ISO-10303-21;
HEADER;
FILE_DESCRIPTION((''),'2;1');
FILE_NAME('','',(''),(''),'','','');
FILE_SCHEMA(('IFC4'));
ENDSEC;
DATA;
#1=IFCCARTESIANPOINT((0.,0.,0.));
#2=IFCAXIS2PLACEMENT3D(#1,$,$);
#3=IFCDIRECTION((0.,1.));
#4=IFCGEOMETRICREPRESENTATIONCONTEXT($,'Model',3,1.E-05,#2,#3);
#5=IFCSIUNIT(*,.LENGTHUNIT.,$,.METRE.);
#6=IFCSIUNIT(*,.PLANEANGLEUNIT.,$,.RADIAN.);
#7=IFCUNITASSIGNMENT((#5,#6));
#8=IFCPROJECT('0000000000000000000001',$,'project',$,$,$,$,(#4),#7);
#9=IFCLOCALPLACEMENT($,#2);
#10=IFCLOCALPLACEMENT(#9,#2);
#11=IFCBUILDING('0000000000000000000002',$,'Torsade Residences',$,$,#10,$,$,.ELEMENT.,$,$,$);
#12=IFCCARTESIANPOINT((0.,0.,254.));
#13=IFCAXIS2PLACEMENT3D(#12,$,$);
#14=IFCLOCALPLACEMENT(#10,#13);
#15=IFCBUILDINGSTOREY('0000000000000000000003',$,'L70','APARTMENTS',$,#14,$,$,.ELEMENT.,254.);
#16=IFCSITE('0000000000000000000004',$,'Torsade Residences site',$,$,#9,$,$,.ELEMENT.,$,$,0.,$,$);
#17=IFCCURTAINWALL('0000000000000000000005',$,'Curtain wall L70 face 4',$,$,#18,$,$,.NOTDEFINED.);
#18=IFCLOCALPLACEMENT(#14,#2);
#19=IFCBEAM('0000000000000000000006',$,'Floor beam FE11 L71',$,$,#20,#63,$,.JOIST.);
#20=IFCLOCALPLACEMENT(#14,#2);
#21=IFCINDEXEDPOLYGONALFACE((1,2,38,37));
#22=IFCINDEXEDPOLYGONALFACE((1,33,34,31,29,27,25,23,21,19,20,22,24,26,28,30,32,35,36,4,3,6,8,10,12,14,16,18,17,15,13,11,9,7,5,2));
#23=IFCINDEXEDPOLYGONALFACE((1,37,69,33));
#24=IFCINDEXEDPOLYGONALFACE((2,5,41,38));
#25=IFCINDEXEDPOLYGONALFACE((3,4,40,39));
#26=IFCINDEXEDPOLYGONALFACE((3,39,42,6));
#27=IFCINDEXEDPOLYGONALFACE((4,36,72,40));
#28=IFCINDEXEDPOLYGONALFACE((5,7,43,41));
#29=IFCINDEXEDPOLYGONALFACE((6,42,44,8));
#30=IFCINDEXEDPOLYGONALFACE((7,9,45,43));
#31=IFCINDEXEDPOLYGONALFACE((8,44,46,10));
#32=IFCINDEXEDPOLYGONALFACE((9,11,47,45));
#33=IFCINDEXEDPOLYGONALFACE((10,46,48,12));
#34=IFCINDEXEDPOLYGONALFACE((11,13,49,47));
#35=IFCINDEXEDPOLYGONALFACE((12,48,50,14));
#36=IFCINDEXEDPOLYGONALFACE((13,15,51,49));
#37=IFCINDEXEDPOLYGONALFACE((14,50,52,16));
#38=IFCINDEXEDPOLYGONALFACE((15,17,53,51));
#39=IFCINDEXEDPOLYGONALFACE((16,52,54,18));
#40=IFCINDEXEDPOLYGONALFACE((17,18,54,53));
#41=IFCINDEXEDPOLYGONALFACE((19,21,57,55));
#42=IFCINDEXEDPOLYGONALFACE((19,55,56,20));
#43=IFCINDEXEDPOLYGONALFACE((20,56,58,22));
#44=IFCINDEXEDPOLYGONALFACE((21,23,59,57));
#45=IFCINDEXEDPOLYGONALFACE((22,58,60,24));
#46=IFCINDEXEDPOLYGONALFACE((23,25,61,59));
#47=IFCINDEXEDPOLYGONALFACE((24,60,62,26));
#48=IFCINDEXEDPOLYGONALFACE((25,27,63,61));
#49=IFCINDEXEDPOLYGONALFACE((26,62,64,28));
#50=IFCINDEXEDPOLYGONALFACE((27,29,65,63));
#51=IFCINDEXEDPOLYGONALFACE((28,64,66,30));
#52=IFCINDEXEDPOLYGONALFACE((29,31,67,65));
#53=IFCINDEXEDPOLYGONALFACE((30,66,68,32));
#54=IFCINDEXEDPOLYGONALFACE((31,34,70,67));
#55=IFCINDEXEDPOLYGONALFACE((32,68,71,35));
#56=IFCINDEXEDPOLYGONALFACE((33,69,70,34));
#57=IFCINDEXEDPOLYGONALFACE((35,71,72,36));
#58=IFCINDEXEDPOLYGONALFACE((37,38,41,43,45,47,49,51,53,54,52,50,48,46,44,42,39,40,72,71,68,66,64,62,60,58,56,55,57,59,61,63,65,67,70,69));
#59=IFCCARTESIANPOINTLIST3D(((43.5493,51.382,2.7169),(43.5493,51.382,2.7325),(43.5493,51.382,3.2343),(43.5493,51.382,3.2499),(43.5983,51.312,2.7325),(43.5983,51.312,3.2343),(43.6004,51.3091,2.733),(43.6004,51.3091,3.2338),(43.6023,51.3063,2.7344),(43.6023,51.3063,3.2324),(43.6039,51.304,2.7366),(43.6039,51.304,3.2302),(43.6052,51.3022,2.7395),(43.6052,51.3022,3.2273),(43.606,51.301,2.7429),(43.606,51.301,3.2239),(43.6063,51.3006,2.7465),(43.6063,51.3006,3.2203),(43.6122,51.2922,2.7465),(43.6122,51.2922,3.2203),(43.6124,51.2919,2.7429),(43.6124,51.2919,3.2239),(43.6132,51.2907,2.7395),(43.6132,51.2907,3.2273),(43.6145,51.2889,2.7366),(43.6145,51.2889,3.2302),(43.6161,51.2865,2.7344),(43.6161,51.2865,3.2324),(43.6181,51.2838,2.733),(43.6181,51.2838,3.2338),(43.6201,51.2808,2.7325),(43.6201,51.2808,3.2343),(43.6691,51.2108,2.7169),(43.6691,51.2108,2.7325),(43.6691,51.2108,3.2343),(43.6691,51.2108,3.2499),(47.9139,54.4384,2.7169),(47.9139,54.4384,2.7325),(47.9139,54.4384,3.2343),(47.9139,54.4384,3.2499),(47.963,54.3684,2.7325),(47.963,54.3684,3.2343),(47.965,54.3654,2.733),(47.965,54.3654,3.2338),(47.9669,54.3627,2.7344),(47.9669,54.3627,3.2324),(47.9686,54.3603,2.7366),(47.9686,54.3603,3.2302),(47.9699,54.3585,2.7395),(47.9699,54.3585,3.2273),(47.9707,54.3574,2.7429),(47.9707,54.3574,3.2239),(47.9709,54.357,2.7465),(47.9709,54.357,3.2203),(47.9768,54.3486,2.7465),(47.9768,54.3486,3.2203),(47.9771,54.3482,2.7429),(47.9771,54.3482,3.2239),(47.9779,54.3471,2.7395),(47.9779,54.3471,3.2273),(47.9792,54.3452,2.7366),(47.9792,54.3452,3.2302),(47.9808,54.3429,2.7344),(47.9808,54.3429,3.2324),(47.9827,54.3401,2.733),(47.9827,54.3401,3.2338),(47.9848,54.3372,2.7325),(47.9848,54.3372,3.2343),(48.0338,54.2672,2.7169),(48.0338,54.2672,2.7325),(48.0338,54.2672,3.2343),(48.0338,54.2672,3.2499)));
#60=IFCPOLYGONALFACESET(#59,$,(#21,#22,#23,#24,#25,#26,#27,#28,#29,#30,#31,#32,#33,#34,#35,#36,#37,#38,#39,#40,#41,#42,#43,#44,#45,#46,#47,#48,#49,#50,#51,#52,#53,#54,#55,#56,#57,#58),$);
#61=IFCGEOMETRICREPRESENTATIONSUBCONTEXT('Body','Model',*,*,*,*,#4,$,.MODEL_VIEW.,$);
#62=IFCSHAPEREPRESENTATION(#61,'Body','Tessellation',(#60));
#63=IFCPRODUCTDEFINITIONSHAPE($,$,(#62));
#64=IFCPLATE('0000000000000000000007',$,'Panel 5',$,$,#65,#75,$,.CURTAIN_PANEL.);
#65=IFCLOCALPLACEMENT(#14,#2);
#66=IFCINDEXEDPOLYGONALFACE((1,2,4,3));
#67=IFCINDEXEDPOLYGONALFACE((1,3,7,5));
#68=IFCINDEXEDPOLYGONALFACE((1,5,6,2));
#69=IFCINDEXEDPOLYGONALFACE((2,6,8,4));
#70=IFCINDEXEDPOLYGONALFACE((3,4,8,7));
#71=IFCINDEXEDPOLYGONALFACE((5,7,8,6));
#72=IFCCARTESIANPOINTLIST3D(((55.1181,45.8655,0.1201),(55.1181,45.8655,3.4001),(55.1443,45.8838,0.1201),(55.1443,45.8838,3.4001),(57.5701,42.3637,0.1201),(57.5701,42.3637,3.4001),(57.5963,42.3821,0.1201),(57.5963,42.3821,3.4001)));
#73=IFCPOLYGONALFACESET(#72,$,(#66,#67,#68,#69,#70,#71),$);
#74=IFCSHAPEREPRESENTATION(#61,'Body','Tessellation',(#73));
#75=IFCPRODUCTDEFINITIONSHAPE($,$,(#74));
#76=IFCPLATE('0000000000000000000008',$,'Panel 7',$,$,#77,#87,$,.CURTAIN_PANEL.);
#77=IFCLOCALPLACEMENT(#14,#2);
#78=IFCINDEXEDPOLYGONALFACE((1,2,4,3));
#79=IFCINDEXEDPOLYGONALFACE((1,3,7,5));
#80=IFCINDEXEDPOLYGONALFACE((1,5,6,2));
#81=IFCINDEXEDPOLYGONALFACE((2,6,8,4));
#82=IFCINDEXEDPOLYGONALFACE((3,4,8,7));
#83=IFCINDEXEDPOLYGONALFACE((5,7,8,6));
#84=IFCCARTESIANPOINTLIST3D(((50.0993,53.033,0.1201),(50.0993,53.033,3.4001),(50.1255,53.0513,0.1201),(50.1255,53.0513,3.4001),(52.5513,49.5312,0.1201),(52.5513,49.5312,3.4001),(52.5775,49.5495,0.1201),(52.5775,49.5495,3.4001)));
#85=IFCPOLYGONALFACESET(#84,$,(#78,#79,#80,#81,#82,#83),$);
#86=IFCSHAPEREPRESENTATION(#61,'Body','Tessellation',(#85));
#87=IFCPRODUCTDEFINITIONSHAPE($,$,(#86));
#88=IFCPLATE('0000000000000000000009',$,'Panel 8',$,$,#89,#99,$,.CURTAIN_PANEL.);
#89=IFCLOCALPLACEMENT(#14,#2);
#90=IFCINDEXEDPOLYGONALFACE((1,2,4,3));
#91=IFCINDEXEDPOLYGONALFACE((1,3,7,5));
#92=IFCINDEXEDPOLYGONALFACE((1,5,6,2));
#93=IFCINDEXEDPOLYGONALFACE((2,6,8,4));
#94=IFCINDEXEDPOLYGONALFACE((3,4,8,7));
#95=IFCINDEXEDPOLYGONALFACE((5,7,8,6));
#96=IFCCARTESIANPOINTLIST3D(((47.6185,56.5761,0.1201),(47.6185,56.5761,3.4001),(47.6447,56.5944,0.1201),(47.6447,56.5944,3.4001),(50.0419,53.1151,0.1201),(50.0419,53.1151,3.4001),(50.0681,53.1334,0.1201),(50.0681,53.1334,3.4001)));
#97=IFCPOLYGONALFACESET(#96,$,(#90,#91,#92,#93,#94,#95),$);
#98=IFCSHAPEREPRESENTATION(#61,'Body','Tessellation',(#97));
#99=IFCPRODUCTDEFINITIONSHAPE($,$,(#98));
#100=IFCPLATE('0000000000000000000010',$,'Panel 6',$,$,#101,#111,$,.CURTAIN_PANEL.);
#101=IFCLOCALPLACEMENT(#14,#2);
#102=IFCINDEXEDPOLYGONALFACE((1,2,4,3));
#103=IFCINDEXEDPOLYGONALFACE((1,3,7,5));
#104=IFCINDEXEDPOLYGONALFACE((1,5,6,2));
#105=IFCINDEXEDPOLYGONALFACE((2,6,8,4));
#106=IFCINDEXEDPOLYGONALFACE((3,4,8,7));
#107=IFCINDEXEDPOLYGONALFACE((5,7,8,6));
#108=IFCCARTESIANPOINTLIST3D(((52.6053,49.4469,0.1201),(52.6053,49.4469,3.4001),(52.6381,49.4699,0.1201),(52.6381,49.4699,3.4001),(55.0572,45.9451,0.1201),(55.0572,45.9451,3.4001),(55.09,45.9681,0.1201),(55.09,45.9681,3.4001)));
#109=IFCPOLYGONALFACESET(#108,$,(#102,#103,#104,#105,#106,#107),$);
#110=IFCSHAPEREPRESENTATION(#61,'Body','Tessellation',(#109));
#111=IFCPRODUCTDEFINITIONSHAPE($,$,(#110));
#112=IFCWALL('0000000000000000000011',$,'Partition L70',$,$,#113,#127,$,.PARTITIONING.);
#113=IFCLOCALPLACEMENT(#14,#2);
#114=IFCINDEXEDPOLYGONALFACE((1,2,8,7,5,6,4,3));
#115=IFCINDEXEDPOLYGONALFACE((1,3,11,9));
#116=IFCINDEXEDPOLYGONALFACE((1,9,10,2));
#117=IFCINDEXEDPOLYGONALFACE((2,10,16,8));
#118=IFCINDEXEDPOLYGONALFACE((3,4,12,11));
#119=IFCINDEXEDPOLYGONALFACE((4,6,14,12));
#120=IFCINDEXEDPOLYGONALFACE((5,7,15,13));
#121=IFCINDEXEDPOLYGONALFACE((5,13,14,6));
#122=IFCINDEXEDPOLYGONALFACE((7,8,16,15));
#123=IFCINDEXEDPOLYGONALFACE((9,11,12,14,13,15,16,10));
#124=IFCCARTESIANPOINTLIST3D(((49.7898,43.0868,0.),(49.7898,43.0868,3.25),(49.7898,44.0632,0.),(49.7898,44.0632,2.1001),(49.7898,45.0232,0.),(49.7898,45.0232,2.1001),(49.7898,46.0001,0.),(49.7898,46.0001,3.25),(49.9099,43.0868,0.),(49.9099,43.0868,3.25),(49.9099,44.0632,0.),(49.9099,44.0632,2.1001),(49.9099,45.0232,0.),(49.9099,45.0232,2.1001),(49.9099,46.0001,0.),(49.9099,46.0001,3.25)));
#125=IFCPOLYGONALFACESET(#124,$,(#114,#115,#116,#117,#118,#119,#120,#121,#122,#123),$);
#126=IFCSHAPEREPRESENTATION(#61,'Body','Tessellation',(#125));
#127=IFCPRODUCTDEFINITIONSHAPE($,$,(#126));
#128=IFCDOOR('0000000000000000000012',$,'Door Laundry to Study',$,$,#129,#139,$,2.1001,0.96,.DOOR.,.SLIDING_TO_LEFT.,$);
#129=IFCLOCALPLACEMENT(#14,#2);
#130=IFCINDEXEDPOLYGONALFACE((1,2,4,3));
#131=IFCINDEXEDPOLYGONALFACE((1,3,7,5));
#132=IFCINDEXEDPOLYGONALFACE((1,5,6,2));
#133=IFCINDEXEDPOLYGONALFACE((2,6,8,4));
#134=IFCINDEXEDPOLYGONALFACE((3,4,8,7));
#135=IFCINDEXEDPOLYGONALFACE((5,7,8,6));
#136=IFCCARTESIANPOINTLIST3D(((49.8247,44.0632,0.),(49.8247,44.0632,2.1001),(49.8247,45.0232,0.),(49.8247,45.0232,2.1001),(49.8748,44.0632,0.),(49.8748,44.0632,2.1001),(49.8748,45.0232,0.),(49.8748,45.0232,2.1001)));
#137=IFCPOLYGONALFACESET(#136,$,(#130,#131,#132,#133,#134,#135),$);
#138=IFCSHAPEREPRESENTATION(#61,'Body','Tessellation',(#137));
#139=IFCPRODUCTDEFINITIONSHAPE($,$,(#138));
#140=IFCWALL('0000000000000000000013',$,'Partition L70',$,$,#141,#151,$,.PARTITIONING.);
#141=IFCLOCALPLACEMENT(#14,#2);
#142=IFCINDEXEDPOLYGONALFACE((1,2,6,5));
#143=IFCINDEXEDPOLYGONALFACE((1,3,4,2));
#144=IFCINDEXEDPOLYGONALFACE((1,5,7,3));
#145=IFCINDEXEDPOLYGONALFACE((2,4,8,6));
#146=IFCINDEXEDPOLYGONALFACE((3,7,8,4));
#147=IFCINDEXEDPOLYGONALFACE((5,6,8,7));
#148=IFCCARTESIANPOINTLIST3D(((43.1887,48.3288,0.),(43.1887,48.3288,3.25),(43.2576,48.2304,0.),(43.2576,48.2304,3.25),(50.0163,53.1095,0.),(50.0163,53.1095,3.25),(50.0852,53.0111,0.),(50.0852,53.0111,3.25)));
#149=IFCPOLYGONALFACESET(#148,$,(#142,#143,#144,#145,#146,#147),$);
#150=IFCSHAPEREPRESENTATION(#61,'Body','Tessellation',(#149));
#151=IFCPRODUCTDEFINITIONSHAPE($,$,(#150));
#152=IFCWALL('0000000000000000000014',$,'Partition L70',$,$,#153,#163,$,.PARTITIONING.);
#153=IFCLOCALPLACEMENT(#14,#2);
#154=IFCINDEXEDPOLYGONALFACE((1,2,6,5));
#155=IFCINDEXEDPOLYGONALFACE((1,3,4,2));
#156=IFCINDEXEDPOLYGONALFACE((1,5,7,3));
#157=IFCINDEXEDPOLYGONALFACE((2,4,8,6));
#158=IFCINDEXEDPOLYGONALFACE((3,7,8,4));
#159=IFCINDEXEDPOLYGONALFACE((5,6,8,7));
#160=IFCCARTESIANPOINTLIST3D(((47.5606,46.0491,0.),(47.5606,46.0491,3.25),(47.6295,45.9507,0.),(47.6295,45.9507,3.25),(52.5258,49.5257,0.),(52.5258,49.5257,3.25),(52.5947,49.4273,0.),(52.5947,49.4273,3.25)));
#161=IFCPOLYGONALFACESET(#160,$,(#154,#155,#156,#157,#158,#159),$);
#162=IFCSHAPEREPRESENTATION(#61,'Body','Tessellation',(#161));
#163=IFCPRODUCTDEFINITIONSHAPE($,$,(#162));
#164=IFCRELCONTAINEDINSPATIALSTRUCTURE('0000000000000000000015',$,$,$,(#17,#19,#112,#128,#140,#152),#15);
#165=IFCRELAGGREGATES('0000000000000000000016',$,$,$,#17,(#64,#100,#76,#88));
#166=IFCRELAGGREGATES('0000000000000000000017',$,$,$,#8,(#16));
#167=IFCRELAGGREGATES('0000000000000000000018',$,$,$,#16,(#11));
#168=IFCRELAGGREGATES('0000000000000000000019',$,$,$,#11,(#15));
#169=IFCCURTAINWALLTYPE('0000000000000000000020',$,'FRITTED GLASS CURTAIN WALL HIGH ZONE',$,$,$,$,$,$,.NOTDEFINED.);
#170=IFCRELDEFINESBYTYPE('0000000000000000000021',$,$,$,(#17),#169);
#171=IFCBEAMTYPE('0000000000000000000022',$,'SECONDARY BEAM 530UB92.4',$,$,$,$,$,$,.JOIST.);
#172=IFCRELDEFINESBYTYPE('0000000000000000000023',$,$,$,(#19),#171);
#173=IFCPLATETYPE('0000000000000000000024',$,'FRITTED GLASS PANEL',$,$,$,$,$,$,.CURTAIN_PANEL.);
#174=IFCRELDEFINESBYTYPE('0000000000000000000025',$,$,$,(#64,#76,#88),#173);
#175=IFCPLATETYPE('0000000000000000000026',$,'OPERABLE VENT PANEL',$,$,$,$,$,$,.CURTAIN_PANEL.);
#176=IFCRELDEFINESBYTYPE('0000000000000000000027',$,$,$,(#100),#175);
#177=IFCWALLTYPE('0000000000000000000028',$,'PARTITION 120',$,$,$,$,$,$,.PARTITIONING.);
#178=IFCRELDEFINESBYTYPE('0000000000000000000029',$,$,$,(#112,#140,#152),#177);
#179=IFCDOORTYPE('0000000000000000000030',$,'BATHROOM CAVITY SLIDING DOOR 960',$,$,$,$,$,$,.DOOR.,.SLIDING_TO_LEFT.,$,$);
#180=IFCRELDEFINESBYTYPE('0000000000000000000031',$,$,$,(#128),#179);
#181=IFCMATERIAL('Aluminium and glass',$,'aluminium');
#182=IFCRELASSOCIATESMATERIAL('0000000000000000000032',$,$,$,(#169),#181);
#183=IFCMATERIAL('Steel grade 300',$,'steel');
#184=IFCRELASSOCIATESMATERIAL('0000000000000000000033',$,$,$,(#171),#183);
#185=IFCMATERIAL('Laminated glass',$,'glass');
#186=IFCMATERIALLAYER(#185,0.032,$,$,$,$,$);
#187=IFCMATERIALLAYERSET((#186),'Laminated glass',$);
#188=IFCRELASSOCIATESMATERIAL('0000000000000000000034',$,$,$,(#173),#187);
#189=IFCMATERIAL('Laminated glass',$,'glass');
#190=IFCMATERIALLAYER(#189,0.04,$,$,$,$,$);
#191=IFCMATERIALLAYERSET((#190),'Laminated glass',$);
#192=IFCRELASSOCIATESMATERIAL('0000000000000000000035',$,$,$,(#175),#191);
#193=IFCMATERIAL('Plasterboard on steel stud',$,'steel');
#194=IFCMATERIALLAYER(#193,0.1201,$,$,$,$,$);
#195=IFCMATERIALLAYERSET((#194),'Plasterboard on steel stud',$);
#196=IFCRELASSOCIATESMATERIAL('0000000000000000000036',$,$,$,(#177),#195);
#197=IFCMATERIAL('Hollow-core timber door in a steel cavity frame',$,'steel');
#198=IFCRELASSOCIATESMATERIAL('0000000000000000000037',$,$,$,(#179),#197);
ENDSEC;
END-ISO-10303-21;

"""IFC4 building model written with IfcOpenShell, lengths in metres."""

from ifc_helpers import new_model, si_unit, direction, frame, frame_2d, origin, origin_2d, place, context, subcontext, project, spatial, rectangle, i_section, extrude, material, layer, layer_set, material_profile, profile_set, type_object, element, fill, aggregate, save


model = new_model("IFC4")

# Units and contexts
model_context = context("Model", 3, precision=1e-05, world=origin(), true_north=direction((0.0, 1.0)))
body_context = subcontext(model_context, "Body", "Model", "MODEL_VIEW")
ifc_project = project(units=[si_unit("LENGTHUNIT", "METRE"), si_unit("PLANEANGLEUNIT", "RADIAN")], contexts=[model_context])

# Site, building, storey
site_placement = place(None, origin())
site = spatial("IfcSite", under=ifc_project, at=site_placement, Name="Torsade Residences site", CompositionType="ELEMENT", RefElevation=0.0)
building_placement = place(site_placement, origin())
building = spatial("IfcBuilding", under=site, at=building_placement, Name="Torsade Residences", CompositionType="ELEMENT")
storey_placement = place(building_placement, frame((0.0, 0.0, 254.0)))
storey = spatial("IfcBuildingStorey", under=building, at=storey_placement, Name="L70", Description="APARTMENTS", CompositionType="ELEMENT", Elevation=254.0)

# Curtain wall
ifc_material_1 = material(Name="Aluminium and glass", Category="aluminium")
curtain_wall_type = type_object("IfcCurtainWallType", Name="FRITTED GLASS CURTAIN WALL HIGH ZONE", PredefinedType="NOTDEFINED", material=ifc_material_1)
curtain_wall_placement = place(storey_placement, origin())
curtain_wall = element("IfcCurtainWall", 1, at=curtain_wall_placement, inside=storey, type_object=curtain_wall_type, Name="Curtain wall L70 face 4", PredefinedType="NOTDEFINED")

# Beam
ifc_material_2 = material(Name="Steel grade 300", Category="steel")
ifc_material_profile_1 = material_profile(ifc_material_2, i_section(OverallWidth=0.209, OverallDepth=0.533, WebThickness=0.0103, FlangeThickness=0.0156, FilletRadius=0.0139, at=origin_2d()), Name="530UB92.4")
ifc_profile_set_1 = profile_set([ifc_material_profile_1], Name="Steel grade 300")
beam_type_1 = type_object("IfcBeamType", Name="SECONDARY BEAM 530UB92.4", PredefinedType="JOIST", material=ifc_profile_set_1)
beam_1_placement = place(storey_placement, frame((47.9739, 54.3528, 2.9834), z_axis=(-0.819137, -0.573598, 0.0), x_axis=(0.573598, -0.819137, 0.0)))
element("IfcBeam", 2, at=beam_1_placement, inside=storey, type_object=beam_type_1, Name="Floor beam FE11 L71", PredefinedType="JOIST", context=body_context, shape_type="SweptSolid", body=[
    extrude(i_section(OverallWidth=0.209, OverallDepth=0.533, WebThickness=0.0103, FlangeThickness=0.0156, FilletRadius=0.0139, at=origin_2d()), origin(), (0.0, 0.0, 1.0), 5.3284),
])

# Plates
ifc_material_3 = material(Name="Laminated glass", Category="glass")
ifc_layer_1 = layer(ifc_material_3, 0.032)
ifc_layer_set_1 = layer_set([ifc_layer_1], Name="Laminated glass")
plate_type_1 = type_object("IfcPlateType", Name="FRITTED GLASS PANEL", PredefinedType="CURTAIN_PANEL", material=ifc_layer_set_1)
plate_1_placement = place(storey_placement, frame((56.3572, 44.1238, 0.1201), z_axis=(0.0, 0.0, 1.0), x_axis=(-0.573576, 0.819152, 0.0)))
plate_1 = element("IfcPlate", 3, at=plate_1_placement, type_object=plate_type_1, Name="Panel 5", PredefinedType="CURTAIN_PANEL", context=body_context, shape_type="SweptSolid", body=[
    extrude(rectangle(XDim=4.2749, YDim=0.032, at=origin_2d()), origin(), (0.0, 0.0, 1.0), 3.28),
])
plate_2_placement = place(storey_placement, frame((51.3384, 51.2913, 0.1201), z_axis=(0.0, 0.0, 1.0), x_axis=(-0.573576, 0.819152, 0.0)))
plate_2 = element("IfcPlate", 4, at=plate_2_placement, type_object=plate_type_1, Name="Panel 7", PredefinedType="CURTAIN_PANEL", context=body_context, shape_type="SweptSolid", body=[
    extrude(rectangle(XDim=4.2749, YDim=0.032, at=origin_2d()), origin(), (0.0, 0.0, 1.0), 3.28),
])
plate_3_placement = place(storey_placement, frame((48.8433, 54.8547, 0.1201), z_axis=(0.0, 0.0, 1.0), x_axis=(-0.573576, 0.819152, 0.0)))
plate_3 = element("IfcPlate", 5, at=plate_3_placement, type_object=plate_type_1, Name="Panel 8", PredefinedType="CURTAIN_PANEL", context=body_context, shape_type="SweptSolid", body=[
    extrude(rectangle(XDim=4.2251, YDim=0.032, at=origin_2d()), origin(), (0.0, 0.0, 1.0), 3.28),
])
ifc_material_4 = material(Name="Laminated glass", Category="glass")
ifc_layer_2 = layer(ifc_material_4, 0.04)
ifc_layer_set_2 = layer_set([ifc_layer_2], Name="Laminated glass")
plate_type_2 = type_object("IfcPlateType", Name="OPERABLE VENT PANEL", PredefinedType="CURTAIN_PANEL", material=ifc_layer_set_2)
plate_4_placement = place(storey_placement, frame((53.8477, 47.7075, 0.1201), z_axis=(0.0, 0.0, 1.0), x_axis=(-0.573576, 0.819152, 0.0)))
plate_4 = element("IfcPlate", 6, at=plate_4_placement, type_object=plate_type_2, Name="Panel 6", PredefinedType="CURTAIN_PANEL", context=body_context, shape_type="SweptSolid", body=[
    extrude(rectangle(XDim=4.2749, YDim=0.04, at=origin_2d()), origin(), (0.0, 0.0, 1.0), 3.28),
])
aggregate(curtain_wall, [plate_1, plate_4, plate_2, plate_3])

# Wall, opening, door
ifc_material_5 = material(Name="Plasterboard on steel stud", Category="steel")
ifc_layer_3 = layer(ifc_material_5, 0.1201)
ifc_layer_set_3 = layer_set([ifc_layer_3], Name="Plasterboard on steel stud")
wall_type_1 = type_object("IfcWallType", Name="PARTITION 120", PredefinedType="PARTITIONING", material=ifc_layer_set_3)
wall_1_placement = place(storey_placement, frame((49.8499, 46.0, 0.0), z_axis=(0.0, 0.0, 1.0), x_axis=(0.0, -1.0, 0.0)))
wall_1 = element("IfcWall", 7, at=wall_1_placement, inside=storey, type_object=wall_type_1, Name="Partition L70", PredefinedType="PARTITIONING", context=body_context, shape_type="SweptSolid", body=[
    extrude(rectangle(XDim=2.9133, YDim=0.1201, at=frame_2d((1.4565, 0.0))), origin(), (0.0, 0.0, 1.0), 3.25),
])
opening_1_placement = place(wall_1_placement, frame((0.9768, 0.0, 0.0)))
opening_1 = element("IfcOpeningElement", 8, at=opening_1_placement, cuts=wall_1, PredefinedType="OPENING", context=body_context, shape_type="SweptSolid", body=[
    extrude(rectangle(XDim=0.96, YDim=2.1001, at=frame_2d((0.48, 1.05))), frame((0.0, 0.0701, 0.0), z_axis=(0.0, -1.0, 0.0), x_axis=(1.0, 0.0, 0.0)), (0.0, 0.0, 1.0), 0.1401),
])
ifc_material_6 = material(Name="Hollow-core timber door in a steel cavity frame", Category="steel")
door_type_1 = type_object("IfcDoorType", Name="BATHROOM CAVITY SLIDING DOOR 960", OperationType="SLIDING_TO_LEFT", PredefinedType="DOOR", material=ifc_material_6)
door_1_placement = place(opening_1_placement, origin())
door_1 = element("IfcDoor", 9, at=door_1_placement, inside=storey, type_object=door_type_1, Name="Door Laundry to Study", OperationType="SLIDING_TO_LEFT", OverallHeight=2.1001, OverallWidth=0.96, PredefinedType="DOOR", context=body_context, shape_type="SweptSolid", body=[
    extrude(rectangle(XDim=0.96, YDim=2.1001, at=frame_2d((0.48, 1.05))), frame((0.0, 0.0249, 0.0), z_axis=(0.0, -1.0, 0.0), x_axis=(1.0, 0.0, 0.0)), (0.0, 0.0, 1.0), 0.05),
])
fill(opening_1, door_1)

# Walls
wall_2_placement = place(storey_placement, frame((50.0508, 53.0603, 0.0), z_axis=(0.0, 0.0, 1.0), x_axis=(-0.819152, -0.573576, 0.0)))
element("IfcWall", 10, at=wall_2_placement, inside=storey, type_object=wall_type_1, Name="Partition L70", PredefinedType="PARTITIONING", context=body_context, shape_type="SweptSolid", body=[
    extrude(rectangle(XDim=8.335, YDim=0.1201, at=frame_2d((4.1675, 0.0))), origin(), (0.0, 0.0, 1.0), 3.25),
])
wall_3_placement = place(storey_placement, frame((52.5603, 49.4766, 0.0), z_axis=(0.0, 0.0, 1.0), x_axis=(-0.819154, -0.573573, 0.0)))
element("IfcWall", 11, at=wall_3_placement, inside=storey, type_object=wall_type_1, Name="Partition L70", PredefinedType="PARTITIONING", context=body_context, shape_type="SweptSolid", body=[
    extrude(rectangle(XDim=6.0613, YDim=0.1201, at=frame_2d((3.0308, 0.0))), origin(), (0.0, 0.0, 1.0), 3.25),
])

save(model, "model.ifc")
